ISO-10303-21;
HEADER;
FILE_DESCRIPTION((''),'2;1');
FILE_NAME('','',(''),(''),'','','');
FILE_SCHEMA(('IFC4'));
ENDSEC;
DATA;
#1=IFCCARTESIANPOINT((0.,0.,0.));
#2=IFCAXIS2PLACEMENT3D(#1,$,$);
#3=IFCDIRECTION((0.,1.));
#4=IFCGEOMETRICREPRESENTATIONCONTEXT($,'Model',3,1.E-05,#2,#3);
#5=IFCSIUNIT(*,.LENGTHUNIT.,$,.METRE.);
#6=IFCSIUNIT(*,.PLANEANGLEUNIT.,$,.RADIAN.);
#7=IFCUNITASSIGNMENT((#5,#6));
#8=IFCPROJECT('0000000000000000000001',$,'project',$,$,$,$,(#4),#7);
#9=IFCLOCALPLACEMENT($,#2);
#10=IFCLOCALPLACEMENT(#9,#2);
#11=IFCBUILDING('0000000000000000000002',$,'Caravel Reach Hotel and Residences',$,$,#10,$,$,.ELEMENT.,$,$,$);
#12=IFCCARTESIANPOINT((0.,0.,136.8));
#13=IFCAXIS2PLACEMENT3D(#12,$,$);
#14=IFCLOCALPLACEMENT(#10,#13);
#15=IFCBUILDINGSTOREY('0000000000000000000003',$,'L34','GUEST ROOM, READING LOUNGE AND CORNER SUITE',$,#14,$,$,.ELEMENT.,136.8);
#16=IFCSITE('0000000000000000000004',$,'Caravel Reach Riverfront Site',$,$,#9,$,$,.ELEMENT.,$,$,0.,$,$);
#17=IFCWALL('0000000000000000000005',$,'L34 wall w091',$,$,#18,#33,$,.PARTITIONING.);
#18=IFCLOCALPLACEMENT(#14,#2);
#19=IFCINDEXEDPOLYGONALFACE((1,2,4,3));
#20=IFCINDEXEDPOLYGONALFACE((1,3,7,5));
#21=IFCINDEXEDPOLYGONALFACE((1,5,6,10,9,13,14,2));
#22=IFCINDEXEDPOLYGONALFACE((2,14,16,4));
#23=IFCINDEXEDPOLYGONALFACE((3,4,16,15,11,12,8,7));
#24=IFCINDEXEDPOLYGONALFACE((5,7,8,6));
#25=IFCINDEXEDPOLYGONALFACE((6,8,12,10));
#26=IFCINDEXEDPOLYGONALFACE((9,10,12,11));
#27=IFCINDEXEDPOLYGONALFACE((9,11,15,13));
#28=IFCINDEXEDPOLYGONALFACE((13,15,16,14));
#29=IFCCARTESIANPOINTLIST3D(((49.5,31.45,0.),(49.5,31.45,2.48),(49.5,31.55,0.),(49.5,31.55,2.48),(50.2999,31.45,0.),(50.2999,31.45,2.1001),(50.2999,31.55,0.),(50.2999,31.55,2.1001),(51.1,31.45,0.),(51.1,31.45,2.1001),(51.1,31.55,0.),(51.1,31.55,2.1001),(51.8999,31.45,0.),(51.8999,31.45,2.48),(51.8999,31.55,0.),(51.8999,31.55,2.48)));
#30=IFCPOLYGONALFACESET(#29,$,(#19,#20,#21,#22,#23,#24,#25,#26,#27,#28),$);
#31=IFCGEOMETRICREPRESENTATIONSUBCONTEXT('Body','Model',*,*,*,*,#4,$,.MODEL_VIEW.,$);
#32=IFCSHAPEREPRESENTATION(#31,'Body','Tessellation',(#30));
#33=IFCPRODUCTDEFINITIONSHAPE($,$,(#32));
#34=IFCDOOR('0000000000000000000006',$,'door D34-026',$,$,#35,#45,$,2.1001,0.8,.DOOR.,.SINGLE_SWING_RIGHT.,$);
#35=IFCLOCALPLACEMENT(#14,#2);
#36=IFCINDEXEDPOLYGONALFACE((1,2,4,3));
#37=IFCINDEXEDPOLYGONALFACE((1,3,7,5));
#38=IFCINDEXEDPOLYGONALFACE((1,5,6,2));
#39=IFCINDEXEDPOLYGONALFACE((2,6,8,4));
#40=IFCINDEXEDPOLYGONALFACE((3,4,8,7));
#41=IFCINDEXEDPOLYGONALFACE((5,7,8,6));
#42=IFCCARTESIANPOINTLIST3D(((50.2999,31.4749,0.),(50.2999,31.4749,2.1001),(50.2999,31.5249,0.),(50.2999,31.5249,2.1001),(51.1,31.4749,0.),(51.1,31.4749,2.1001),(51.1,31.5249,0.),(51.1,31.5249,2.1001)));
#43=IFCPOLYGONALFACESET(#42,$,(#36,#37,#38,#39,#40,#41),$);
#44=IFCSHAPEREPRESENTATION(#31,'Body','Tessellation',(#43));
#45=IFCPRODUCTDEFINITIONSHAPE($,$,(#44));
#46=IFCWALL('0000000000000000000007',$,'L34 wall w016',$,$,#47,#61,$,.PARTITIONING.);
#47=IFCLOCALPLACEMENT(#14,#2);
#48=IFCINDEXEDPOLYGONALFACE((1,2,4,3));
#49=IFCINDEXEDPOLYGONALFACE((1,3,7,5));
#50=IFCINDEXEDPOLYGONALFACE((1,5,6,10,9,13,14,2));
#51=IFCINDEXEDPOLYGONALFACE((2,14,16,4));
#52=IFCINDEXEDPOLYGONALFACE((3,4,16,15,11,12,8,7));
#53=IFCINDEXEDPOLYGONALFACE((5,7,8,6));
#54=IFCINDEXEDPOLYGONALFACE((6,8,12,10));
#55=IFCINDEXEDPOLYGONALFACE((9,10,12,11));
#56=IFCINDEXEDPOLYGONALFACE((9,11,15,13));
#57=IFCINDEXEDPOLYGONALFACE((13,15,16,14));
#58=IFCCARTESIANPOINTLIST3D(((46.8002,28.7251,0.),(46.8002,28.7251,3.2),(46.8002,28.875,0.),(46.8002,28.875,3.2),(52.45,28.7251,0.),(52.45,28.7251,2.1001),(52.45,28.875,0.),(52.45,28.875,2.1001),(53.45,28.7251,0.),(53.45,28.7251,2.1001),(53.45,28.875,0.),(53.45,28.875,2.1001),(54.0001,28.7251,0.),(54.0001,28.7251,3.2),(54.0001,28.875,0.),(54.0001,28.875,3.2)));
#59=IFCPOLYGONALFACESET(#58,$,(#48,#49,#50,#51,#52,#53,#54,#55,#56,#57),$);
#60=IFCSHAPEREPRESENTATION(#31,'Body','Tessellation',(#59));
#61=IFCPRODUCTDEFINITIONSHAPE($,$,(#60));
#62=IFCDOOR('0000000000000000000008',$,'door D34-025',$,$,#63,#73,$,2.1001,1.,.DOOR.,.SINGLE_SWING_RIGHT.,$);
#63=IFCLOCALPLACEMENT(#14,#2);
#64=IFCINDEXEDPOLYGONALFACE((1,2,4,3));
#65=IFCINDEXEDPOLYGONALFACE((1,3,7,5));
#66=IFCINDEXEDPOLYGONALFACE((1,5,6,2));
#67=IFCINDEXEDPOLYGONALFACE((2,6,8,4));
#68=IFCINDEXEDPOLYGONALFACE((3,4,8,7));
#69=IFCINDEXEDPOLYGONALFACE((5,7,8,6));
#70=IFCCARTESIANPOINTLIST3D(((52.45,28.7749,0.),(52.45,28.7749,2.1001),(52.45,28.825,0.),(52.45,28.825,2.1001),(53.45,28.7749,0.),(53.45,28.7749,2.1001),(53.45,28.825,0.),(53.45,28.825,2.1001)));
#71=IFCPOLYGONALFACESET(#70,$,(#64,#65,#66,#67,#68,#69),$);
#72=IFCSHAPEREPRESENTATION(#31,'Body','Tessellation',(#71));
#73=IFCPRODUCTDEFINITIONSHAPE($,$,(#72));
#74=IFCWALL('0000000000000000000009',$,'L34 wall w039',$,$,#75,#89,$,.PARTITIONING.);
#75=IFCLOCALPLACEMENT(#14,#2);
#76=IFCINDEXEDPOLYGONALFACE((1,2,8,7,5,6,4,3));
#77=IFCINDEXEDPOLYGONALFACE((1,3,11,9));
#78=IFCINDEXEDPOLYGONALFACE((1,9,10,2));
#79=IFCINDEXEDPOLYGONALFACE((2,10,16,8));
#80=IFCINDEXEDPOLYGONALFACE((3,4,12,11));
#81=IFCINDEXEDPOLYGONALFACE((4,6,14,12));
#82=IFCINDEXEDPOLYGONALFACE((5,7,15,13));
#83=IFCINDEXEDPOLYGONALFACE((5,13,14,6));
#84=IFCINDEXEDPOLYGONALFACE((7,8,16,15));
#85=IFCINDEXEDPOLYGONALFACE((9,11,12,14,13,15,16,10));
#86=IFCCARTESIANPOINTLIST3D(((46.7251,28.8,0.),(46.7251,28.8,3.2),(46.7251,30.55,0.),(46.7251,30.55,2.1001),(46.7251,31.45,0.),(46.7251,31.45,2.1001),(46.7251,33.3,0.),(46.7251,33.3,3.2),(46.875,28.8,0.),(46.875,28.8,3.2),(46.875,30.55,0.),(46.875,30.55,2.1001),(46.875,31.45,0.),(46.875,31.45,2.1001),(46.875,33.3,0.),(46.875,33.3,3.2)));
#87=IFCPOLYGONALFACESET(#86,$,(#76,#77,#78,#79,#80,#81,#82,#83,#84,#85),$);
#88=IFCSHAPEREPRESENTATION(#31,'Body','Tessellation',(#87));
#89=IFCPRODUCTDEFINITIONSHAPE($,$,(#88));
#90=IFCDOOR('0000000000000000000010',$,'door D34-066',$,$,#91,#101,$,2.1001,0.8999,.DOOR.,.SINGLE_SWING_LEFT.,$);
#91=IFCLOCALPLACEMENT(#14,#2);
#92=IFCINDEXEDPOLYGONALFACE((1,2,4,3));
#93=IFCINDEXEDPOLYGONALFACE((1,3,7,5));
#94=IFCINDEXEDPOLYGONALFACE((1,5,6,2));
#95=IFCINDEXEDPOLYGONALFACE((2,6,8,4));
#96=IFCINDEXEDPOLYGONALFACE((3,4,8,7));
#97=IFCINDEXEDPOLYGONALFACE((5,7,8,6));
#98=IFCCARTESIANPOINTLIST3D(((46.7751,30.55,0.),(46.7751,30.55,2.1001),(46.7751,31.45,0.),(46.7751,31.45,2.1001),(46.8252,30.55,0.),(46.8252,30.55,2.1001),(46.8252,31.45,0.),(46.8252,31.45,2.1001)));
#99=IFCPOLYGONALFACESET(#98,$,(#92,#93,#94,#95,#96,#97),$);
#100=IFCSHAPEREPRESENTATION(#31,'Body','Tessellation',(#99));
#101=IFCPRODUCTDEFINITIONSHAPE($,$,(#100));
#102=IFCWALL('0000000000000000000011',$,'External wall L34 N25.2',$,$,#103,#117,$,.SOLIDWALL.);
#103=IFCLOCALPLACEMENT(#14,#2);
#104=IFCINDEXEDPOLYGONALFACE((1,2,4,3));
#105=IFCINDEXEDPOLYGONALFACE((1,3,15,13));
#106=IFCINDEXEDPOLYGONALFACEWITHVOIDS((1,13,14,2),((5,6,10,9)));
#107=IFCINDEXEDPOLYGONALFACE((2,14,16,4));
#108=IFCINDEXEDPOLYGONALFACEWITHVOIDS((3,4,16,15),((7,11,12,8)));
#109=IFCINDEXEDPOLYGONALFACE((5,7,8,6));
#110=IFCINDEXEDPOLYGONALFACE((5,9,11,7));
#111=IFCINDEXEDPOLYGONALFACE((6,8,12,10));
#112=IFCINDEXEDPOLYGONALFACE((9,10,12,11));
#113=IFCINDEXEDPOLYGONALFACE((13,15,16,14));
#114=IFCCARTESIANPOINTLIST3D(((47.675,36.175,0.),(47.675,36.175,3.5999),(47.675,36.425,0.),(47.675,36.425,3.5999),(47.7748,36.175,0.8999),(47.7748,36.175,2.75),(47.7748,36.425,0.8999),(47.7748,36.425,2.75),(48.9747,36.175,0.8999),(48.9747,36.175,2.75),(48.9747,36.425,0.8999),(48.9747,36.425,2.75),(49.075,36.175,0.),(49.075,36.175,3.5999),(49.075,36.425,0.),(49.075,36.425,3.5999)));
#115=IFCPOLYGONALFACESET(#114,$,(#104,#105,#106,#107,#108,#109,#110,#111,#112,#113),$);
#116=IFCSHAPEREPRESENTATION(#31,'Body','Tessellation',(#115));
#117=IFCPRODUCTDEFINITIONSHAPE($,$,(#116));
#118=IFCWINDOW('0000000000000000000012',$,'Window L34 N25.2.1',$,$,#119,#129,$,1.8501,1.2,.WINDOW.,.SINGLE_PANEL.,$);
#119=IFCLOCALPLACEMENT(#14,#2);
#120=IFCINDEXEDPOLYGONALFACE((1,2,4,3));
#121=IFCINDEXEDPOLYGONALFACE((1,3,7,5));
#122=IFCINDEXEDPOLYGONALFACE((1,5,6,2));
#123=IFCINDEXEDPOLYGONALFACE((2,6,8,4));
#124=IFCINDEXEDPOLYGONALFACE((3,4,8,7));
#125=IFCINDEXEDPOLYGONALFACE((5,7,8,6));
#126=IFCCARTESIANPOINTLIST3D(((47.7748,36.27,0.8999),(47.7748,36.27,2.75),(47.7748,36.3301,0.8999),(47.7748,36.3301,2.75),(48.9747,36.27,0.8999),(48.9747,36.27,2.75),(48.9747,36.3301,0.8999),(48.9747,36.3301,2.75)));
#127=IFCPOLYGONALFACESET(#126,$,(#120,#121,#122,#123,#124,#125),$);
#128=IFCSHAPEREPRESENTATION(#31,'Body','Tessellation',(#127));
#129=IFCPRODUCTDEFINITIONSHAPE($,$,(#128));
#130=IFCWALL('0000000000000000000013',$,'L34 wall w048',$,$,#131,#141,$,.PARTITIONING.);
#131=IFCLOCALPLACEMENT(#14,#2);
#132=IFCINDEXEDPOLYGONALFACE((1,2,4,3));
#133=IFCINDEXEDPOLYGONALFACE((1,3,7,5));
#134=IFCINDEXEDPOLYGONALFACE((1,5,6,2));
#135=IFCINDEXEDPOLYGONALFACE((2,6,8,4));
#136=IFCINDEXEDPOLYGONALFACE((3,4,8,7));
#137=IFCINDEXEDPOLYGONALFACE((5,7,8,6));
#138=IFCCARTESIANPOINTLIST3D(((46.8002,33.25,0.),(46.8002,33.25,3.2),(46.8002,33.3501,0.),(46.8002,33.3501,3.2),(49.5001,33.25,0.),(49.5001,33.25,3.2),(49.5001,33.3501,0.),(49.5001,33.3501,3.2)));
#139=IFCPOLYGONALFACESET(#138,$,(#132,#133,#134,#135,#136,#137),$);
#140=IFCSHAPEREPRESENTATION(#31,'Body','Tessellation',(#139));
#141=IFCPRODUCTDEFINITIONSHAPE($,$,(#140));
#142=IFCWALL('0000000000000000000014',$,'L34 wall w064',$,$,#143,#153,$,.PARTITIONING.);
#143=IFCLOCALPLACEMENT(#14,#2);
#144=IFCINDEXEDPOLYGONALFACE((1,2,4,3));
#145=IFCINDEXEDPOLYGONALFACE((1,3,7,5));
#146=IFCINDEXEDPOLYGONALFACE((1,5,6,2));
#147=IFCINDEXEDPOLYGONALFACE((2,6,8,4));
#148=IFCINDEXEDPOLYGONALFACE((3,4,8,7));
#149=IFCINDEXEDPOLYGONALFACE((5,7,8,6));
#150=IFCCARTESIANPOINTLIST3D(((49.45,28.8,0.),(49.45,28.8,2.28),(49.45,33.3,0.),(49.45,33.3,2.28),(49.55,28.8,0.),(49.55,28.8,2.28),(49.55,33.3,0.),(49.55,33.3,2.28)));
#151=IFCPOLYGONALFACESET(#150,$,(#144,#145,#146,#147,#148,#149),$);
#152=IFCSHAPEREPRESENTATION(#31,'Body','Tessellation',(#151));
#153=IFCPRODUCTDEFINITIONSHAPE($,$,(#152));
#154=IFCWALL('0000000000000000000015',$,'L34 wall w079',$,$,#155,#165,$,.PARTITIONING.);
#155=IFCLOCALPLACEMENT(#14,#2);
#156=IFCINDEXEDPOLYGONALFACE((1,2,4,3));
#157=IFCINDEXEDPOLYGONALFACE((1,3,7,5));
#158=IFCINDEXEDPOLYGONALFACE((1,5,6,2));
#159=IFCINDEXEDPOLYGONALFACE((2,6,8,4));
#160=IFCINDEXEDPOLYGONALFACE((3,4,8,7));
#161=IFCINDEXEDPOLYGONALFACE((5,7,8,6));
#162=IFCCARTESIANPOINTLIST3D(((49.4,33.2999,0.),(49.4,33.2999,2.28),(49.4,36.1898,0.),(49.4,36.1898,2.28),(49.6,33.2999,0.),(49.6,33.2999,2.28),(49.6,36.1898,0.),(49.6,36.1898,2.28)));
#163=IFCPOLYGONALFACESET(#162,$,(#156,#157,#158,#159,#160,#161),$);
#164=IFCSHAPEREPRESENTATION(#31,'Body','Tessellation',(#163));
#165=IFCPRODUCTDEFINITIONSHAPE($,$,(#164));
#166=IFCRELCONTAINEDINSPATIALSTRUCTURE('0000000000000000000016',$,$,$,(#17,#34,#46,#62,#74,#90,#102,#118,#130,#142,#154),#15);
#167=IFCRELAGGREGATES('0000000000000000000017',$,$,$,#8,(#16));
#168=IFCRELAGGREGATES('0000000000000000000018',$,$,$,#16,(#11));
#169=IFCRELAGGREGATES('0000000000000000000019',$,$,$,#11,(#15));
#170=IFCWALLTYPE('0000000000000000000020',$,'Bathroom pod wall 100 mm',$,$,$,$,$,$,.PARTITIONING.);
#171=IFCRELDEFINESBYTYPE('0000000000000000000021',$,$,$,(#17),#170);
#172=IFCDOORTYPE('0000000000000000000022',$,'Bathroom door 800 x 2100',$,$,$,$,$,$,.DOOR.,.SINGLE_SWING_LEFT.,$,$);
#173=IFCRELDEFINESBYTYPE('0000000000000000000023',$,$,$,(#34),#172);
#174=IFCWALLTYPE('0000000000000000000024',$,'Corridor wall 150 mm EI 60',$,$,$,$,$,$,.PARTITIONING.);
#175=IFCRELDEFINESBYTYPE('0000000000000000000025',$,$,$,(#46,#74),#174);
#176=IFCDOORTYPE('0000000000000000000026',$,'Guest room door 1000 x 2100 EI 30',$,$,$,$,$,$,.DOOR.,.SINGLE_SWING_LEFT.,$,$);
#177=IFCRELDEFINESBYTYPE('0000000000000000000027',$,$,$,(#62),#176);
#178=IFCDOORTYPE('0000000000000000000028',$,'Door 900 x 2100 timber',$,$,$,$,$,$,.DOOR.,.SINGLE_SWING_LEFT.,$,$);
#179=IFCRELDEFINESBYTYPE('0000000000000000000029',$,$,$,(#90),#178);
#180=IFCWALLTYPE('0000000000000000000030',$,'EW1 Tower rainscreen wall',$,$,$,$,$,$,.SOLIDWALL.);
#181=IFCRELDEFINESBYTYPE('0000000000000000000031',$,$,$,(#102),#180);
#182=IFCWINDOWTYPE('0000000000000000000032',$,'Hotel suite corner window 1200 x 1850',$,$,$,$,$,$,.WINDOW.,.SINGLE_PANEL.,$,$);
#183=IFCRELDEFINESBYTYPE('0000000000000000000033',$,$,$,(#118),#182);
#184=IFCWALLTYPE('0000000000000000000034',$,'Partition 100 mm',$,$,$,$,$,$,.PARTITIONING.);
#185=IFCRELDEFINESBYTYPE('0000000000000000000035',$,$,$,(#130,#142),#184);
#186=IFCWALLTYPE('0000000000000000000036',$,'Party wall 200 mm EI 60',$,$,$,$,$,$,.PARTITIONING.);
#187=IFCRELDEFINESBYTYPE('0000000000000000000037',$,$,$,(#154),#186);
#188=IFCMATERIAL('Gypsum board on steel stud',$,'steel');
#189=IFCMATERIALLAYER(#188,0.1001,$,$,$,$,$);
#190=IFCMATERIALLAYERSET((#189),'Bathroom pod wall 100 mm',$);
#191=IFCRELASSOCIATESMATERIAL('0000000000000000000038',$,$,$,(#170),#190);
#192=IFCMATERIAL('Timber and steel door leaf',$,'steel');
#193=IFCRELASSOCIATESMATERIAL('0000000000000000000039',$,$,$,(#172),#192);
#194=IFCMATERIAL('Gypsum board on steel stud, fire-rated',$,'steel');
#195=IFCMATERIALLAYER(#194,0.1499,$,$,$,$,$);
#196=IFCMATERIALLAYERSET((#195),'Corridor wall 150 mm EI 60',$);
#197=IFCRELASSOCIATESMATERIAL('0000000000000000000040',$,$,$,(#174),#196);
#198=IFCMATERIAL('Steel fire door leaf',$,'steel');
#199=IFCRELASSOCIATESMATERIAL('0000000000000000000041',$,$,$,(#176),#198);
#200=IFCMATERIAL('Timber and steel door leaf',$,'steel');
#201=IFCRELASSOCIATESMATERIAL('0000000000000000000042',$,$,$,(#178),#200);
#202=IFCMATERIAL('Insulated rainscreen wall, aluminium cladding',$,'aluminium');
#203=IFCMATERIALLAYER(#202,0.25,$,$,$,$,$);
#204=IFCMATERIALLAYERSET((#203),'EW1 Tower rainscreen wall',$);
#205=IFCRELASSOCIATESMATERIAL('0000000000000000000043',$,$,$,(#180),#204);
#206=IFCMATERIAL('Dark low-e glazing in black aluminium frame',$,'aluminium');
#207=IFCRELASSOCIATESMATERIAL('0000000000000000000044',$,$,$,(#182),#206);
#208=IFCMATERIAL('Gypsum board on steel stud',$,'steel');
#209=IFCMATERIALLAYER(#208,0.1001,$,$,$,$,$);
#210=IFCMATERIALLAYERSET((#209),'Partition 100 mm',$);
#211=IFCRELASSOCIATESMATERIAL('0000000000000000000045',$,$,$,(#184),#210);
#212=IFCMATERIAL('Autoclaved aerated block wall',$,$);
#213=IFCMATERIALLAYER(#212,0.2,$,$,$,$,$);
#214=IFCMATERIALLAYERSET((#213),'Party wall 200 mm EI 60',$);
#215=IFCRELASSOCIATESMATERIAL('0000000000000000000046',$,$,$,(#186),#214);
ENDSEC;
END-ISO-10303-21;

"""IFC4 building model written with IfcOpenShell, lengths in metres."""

from ifc_helpers import new_model, si_unit, direction, frame, frame_2d, origin, place, context, subcontext, project, spatial, rectangle, extrude, material, layer, layer_set, type_object, element, fill, save


model = new_model("IFC4")

# Units and contexts
model_context = context("Model", 3, precision=1e-05, world=origin(), true_north=direction((0.0, 1.0)))
body_context = subcontext(model_context, "Body", "Model", "MODEL_VIEW")
ifc_project = project(units=[si_unit("LENGTHUNIT", "METRE"), si_unit("PLANEANGLEUNIT", "RADIAN")], contexts=[model_context])

# Site, building, storey
site_placement = place(None, origin())
site = spatial("IfcSite", under=ifc_project, at=site_placement, Name="Caravel Reach Riverfront Site", CompositionType="ELEMENT", RefElevation=0.0)
building_placement = place(site_placement, origin())
building = spatial("IfcBuilding", under=site, at=building_placement, Name="Caravel Reach Hotel and Residences", CompositionType="ELEMENT")
storey_placement = place(building_placement, frame((0.0, 0.0, 136.8)))
storey = spatial("IfcBuildingStorey", under=building, at=storey_placement, Name="L34", Description="GUEST ROOM, READING LOUNGE AND CORNER SUITE", CompositionType="ELEMENT", Elevation=136.8)

# Walls, openings, doors
ifc_material_1 = material(Name="Gypsum board on steel stud", Category="steel")
ifc_layer_1 = layer(ifc_material_1, 0.1001)
ifc_layer_set_1 = layer_set([ifc_layer_1], Name="Bathroom pod wall 100 mm")
wall_type_1 = type_object("IfcWallType", Name="Bathroom pod wall 100 mm", PredefinedType="PARTITIONING", material=ifc_layer_set_1)
wall_1_placement = place(storey_placement, frame((49.5, 31.5, 0.0), z_axis=(0.0, 0.0, 1.0), x_axis=(1.0, 0.0, 0.0)))
wall_1 = element("IfcWall", 1, at=wall_1_placement, inside=storey, type_object=wall_type_1, Name="L34 wall w091", PredefinedType="PARTITIONING", context=body_context, shape_type="SweptSolid", body=[
    extrude(rectangle(XDim=2.3999, YDim=0.1001, at=frame_2d((1.2, 0.0))), origin(), (0.0, 0.0, 1.0), 2.48),
])
opening_1_placement = place(wall_1_placement, frame((0.8, 0.0, 0.0)))
opening_1 = element("IfcOpeningElement", 2, at=opening_1_placement, cuts=wall_1, PredefinedType="OPENING", context=body_context, shape_type="SweptSolid", body=[
    extrude(rectangle(XDim=0.8, YDim=2.1001, at=frame_2d((0.3999, 1.05))), frame((0.0, 0.0601, 0.0), z_axis=(0.0, -1.0, 0.0), x_axis=(1.0, 0.0, 0.0)), (0.0, 0.0, 1.0), 0.1201),
])
ifc_material_2 = material(Name="Timber and steel door leaf", Category="steel")
door_type_1 = type_object("IfcDoorType", Name="Bathroom door 800 x 2100", OperationType="SINGLE_SWING_LEFT", PredefinedType="DOOR", material=ifc_material_2)
door_1_placement = place(opening_1_placement, origin())
door_1 = element("IfcDoor", 3, at=door_1_placement, inside=storey, type_object=door_type_1, Name="door D34-026", OperationType="SINGLE_SWING_RIGHT", OverallHeight=2.1001, OverallWidth=0.8, PredefinedType="DOOR", context=body_context, shape_type="SweptSolid", body=[
    extrude(rectangle(XDim=0.8, YDim=2.1001, at=frame_2d((0.3999, 1.05))), frame((0.0, 0.0249, 0.0), z_axis=(0.0, -1.0, 0.0), x_axis=(1.0, 0.0, 0.0)), (0.0, 0.0, 1.0), 0.05),
])
fill(opening_1, door_1)
ifc_material_3 = material(Name="Gypsum board on steel stud, fire-rated", Category="steel")
ifc_layer_2 = layer(ifc_material_3, 0.1499)
ifc_layer_set_2 = layer_set([ifc_layer_2], Name="Corridor wall 150 mm EI 60")
wall_type_2 = type_object("IfcWallType", Name="Corridor wall 150 mm EI 60", PredefinedType="PARTITIONING", material=ifc_layer_set_2)
wall_2_placement = place(storey_placement, frame((46.8, 28.8, 0.0), z_axis=(0.0, 0.0, 1.0), x_axis=(1.0, 0.0, 0.0)))
wall_2 = element("IfcWall", 4, at=wall_2_placement, inside=storey, type_object=wall_type_2, Name="L34 wall w016", PredefinedType="PARTITIONING", context=body_context, shape_type="SweptSolid", body=[
    extrude(rectangle(XDim=7.2, YDim=0.1499, at=frame_2d((3.6001, 0.0))), origin(), (0.0, 0.0, 1.0), 3.2),
])
opening_2_placement = place(wall_2_placement, frame((5.6499, 0.0, 0.0)))
opening_2 = element("IfcOpeningElement", 5, at=opening_2_placement, cuts=wall_2, PredefinedType="OPENING", context=body_context, shape_type="SweptSolid", body=[
    extrude(rectangle(XDim=1.0, YDim=2.1001, at=frame_2d((0.5, 1.05))), frame((0.0, 0.085, 0.0), z_axis=(0.0, -1.0, 0.0), x_axis=(1.0, 0.0, 0.0)), (0.0, 0.0, 1.0), 0.1699),
])
ifc_material_4 = material(Name="Steel fire door leaf", Category="steel")
door_type_2 = type_object("IfcDoorType", Name="Guest room door 1000 x 2100 EI 30", OperationType="SINGLE_SWING_LEFT", PredefinedType="DOOR", material=ifc_material_4)
door_2_placement = place(opening_2_placement, origin())
door_2 = element("IfcDoor", 6, at=door_2_placement, inside=storey, type_object=door_type_2, Name="door D34-025", OperationType="SINGLE_SWING_RIGHT", OverallHeight=2.1001, OverallWidth=1.0, PredefinedType="DOOR", context=body_context, shape_type="SweptSolid", body=[
    extrude(rectangle(XDim=1.0, YDim=2.1001, at=frame_2d((0.5, 1.05))), frame((0.0, 0.0249, 0.0), z_axis=(0.0, -1.0, 0.0), x_axis=(1.0, 0.0, 0.0)), (0.0, 0.0, 1.0), 0.05),
])
fill(opening_2, door_2)
wall_3_placement = place(storey_placement, frame((46.8, 28.8, 0.0), z_axis=(0.0, 0.0, 1.0), x_axis=(0.0, 1.0, 0.0)))
wall_3 = element("IfcWall", 7, at=wall_3_placement, inside=storey, type_object=wall_type_2, Name="L34 wall w039", PredefinedType="PARTITIONING", context=body_context, shape_type="SweptSolid", body=[
    extrude(rectangle(XDim=4.5, YDim=0.1499, at=frame_2d((2.25, 0.0))), origin(), (0.0, 0.0, 1.0), 3.2),
])
opening_3_placement = place(wall_3_placement, frame((1.75, 0.0, 0.0)))
opening_3 = element("IfcOpeningElement", 8, at=opening_3_placement, cuts=wall_3, PredefinedType="OPENING", context=body_context, shape_type="SweptSolid", body=[
    extrude(rectangle(XDim=0.8999, YDim=2.1001, at=frame_2d((0.45, 1.05))), frame((0.0, 0.085, 0.0), z_axis=(0.0, -1.0, 0.0), x_axis=(1.0, 0.0, 0.0)), (0.0, 0.0, 1.0), 0.1699),
])
ifc_material_5 = material(Name="Timber and steel door leaf", Category="steel")
door_type_3 = type_object("IfcDoorType", Name="Door 900 x 2100 timber", OperationType="SINGLE_SWING_LEFT", PredefinedType="DOOR", material=ifc_material_5)
door_3_placement = place(opening_3_placement, origin())
door_3 = element("IfcDoor", 9, at=door_3_placement, inside=storey, type_object=door_type_3, Name="door D34-066", OperationType="SINGLE_SWING_LEFT", OverallHeight=2.1001, OverallWidth=0.8999, PredefinedType="DOOR", context=body_context, shape_type="SweptSolid", body=[
    extrude(rectangle(XDim=0.8999, YDim=2.1001, at=frame_2d((0.45, 1.05))), frame((0.0, 0.0249, 0.0), z_axis=(0.0, -1.0, 0.0), x_axis=(1.0, 0.0, 0.0)), (0.0, 0.0, 1.0), 0.05),
])
fill(opening_3, door_3)

# Wall, opening, window
ifc_material_6 = material(Name="Insulated rainscreen wall, aluminium cladding", Category="aluminium")
ifc_layer_3 = layer(ifc_material_6, 0.25)
ifc_layer_set_3 = layer_set([ifc_layer_3], Name="EW1 Tower rainscreen wall")
wall_type_3 = type_object("IfcWallType", Name="EW1 Tower rainscreen wall", PredefinedType="SOLIDWALL", material=ifc_layer_set_3)
wall_4_placement = place(storey_placement, frame((49.075, 36.3, 0.0), z_axis=(0.0, 0.0, 1.0), x_axis=(-1.0, 0.0, 0.0)))
wall_4 = element("IfcWall", 10, at=wall_4_placement, inside=storey, type_object=wall_type_3, Name="External wall L34 N25.2", PredefinedType="SOLIDWALL", context=body_context, shape_type="SweptSolid", body=[
    extrude(rectangle(XDim=1.3999, YDim=0.25, at=frame_2d((0.7, 0.0))), origin(), (0.0, 0.0, 1.0), 3.5999),
])
opening_4_placement = place(wall_4_placement, frame((0.1001, 0.0, 0.8999)))
opening_4 = element("IfcOpeningElement", 11, at=opening_4_placement, cuts=wall_4, PredefinedType="OPENING", context=body_context, shape_type="SweptSolid", body=[
    extrude(rectangle(XDim=1.2, YDim=1.8501, at=frame_2d((0.6001, 0.925))), frame((0.0, 0.135, 0.0), z_axis=(0.0, -1.0, 0.0), x_axis=(1.0, 0.0, 0.0)), (0.0, 0.0, 1.0), 0.27),
])
ifc_material_7 = material(Name="Dark low-e glazing in black aluminium frame", Category="aluminium")
window_type = type_object("IfcWindowType", Name="Hotel suite corner window 1200 x 1850", PartitioningType="SINGLE_PANEL", PredefinedType="WINDOW", material=ifc_material_7)
window_placement = place(opening_4_placement, origin())
window = element("IfcWindow", 12, at=window_placement, inside=storey, type_object=window_type, Name="Window L34 N25.2.1", OverallHeight=1.8501, OverallWidth=1.2, PartitioningType="SINGLE_PANEL", PredefinedType="WINDOW", context=body_context, shape_type="SweptSolid", body=[
    extrude(rectangle(XDim=1.2, YDim=1.8501, at=frame_2d((0.6001, 0.925))), frame((0.0, 0.03, 0.0), z_axis=(0.0, -1.0, 0.0), x_axis=(1.0, 0.0, 0.0)), (0.0, 0.0, 1.0), 0.0601),
])
fill(opening_4, window)

# Walls
ifc_material_8 = material(Name="Gypsum board on steel stud", Category="steel")
ifc_layer_4 = layer(ifc_material_8, 0.1001)
ifc_layer_set_4 = layer_set([ifc_layer_4], Name="Partition 100 mm")
wall_type_4 = type_object("IfcWallType", Name="Partition 100 mm", PredefinedType="PARTITIONING", material=ifc_layer_set_4)
wall_5_placement = place(storey_placement, frame((46.8, 33.3, 0.0), z_axis=(0.0, 0.0, 1.0), x_axis=(1.0, 0.0, 0.0)))
element("IfcWall", 13, at=wall_5_placement, inside=storey, type_object=wall_type_4, Name="L34 wall w048", PredefinedType="PARTITIONING", context=body_context, shape_type="SweptSolid", body=[
    extrude(rectangle(XDim=2.7, YDim=0.1001, at=frame_2d((1.3501, 0.0))), origin(), (0.0, 0.0, 1.0), 3.2),
])
wall_6_placement = place(storey_placement, frame((49.5, 28.8, 0.0), z_axis=(0.0, 0.0, 1.0), x_axis=(0.0, 1.0, 0.0)))
element("IfcWall", 14, at=wall_6_placement, inside=storey, type_object=wall_type_4, Name="L34 wall w064", PredefinedType="PARTITIONING", context=body_context, shape_type="SweptSolid", body=[
    extrude(rectangle(XDim=4.5, YDim=0.1001, at=frame_2d((2.25, 0.0))), origin(), (0.0, 0.0, 1.0), 2.28),
])
ifc_material_9 = material(Name="Autoclaved aerated block wall")
ifc_layer_5 = layer(ifc_material_9, 0.2)
ifc_layer_set_5 = layer_set([ifc_layer_5], Name="Party wall 200 mm EI 60")
wall_type_5 = type_object("IfcWallType", Name="Party wall 200 mm EI 60", PredefinedType="PARTITIONING", material=ifc_layer_set_5)
wall_7_placement = place(storey_placement, frame((49.5, 33.3, 0.0), z_axis=(0.0, 0.0, 1.0), x_axis=(0.0, 1.0, 0.0)))
element("IfcWall", 15, at=wall_7_placement, inside=storey, type_object=wall_type_5, Name="L34 wall w079", PredefinedType="PARTITIONING", context=body_context, shape_type="SweptSolid", body=[
    extrude(rectangle(XDim=2.8899, YDim=0.2, at=frame_2d((1.4448, 0.0))), origin(), (0.0, 0.0, 1.0), 2.28),
])

save(model, "model.ifc")
